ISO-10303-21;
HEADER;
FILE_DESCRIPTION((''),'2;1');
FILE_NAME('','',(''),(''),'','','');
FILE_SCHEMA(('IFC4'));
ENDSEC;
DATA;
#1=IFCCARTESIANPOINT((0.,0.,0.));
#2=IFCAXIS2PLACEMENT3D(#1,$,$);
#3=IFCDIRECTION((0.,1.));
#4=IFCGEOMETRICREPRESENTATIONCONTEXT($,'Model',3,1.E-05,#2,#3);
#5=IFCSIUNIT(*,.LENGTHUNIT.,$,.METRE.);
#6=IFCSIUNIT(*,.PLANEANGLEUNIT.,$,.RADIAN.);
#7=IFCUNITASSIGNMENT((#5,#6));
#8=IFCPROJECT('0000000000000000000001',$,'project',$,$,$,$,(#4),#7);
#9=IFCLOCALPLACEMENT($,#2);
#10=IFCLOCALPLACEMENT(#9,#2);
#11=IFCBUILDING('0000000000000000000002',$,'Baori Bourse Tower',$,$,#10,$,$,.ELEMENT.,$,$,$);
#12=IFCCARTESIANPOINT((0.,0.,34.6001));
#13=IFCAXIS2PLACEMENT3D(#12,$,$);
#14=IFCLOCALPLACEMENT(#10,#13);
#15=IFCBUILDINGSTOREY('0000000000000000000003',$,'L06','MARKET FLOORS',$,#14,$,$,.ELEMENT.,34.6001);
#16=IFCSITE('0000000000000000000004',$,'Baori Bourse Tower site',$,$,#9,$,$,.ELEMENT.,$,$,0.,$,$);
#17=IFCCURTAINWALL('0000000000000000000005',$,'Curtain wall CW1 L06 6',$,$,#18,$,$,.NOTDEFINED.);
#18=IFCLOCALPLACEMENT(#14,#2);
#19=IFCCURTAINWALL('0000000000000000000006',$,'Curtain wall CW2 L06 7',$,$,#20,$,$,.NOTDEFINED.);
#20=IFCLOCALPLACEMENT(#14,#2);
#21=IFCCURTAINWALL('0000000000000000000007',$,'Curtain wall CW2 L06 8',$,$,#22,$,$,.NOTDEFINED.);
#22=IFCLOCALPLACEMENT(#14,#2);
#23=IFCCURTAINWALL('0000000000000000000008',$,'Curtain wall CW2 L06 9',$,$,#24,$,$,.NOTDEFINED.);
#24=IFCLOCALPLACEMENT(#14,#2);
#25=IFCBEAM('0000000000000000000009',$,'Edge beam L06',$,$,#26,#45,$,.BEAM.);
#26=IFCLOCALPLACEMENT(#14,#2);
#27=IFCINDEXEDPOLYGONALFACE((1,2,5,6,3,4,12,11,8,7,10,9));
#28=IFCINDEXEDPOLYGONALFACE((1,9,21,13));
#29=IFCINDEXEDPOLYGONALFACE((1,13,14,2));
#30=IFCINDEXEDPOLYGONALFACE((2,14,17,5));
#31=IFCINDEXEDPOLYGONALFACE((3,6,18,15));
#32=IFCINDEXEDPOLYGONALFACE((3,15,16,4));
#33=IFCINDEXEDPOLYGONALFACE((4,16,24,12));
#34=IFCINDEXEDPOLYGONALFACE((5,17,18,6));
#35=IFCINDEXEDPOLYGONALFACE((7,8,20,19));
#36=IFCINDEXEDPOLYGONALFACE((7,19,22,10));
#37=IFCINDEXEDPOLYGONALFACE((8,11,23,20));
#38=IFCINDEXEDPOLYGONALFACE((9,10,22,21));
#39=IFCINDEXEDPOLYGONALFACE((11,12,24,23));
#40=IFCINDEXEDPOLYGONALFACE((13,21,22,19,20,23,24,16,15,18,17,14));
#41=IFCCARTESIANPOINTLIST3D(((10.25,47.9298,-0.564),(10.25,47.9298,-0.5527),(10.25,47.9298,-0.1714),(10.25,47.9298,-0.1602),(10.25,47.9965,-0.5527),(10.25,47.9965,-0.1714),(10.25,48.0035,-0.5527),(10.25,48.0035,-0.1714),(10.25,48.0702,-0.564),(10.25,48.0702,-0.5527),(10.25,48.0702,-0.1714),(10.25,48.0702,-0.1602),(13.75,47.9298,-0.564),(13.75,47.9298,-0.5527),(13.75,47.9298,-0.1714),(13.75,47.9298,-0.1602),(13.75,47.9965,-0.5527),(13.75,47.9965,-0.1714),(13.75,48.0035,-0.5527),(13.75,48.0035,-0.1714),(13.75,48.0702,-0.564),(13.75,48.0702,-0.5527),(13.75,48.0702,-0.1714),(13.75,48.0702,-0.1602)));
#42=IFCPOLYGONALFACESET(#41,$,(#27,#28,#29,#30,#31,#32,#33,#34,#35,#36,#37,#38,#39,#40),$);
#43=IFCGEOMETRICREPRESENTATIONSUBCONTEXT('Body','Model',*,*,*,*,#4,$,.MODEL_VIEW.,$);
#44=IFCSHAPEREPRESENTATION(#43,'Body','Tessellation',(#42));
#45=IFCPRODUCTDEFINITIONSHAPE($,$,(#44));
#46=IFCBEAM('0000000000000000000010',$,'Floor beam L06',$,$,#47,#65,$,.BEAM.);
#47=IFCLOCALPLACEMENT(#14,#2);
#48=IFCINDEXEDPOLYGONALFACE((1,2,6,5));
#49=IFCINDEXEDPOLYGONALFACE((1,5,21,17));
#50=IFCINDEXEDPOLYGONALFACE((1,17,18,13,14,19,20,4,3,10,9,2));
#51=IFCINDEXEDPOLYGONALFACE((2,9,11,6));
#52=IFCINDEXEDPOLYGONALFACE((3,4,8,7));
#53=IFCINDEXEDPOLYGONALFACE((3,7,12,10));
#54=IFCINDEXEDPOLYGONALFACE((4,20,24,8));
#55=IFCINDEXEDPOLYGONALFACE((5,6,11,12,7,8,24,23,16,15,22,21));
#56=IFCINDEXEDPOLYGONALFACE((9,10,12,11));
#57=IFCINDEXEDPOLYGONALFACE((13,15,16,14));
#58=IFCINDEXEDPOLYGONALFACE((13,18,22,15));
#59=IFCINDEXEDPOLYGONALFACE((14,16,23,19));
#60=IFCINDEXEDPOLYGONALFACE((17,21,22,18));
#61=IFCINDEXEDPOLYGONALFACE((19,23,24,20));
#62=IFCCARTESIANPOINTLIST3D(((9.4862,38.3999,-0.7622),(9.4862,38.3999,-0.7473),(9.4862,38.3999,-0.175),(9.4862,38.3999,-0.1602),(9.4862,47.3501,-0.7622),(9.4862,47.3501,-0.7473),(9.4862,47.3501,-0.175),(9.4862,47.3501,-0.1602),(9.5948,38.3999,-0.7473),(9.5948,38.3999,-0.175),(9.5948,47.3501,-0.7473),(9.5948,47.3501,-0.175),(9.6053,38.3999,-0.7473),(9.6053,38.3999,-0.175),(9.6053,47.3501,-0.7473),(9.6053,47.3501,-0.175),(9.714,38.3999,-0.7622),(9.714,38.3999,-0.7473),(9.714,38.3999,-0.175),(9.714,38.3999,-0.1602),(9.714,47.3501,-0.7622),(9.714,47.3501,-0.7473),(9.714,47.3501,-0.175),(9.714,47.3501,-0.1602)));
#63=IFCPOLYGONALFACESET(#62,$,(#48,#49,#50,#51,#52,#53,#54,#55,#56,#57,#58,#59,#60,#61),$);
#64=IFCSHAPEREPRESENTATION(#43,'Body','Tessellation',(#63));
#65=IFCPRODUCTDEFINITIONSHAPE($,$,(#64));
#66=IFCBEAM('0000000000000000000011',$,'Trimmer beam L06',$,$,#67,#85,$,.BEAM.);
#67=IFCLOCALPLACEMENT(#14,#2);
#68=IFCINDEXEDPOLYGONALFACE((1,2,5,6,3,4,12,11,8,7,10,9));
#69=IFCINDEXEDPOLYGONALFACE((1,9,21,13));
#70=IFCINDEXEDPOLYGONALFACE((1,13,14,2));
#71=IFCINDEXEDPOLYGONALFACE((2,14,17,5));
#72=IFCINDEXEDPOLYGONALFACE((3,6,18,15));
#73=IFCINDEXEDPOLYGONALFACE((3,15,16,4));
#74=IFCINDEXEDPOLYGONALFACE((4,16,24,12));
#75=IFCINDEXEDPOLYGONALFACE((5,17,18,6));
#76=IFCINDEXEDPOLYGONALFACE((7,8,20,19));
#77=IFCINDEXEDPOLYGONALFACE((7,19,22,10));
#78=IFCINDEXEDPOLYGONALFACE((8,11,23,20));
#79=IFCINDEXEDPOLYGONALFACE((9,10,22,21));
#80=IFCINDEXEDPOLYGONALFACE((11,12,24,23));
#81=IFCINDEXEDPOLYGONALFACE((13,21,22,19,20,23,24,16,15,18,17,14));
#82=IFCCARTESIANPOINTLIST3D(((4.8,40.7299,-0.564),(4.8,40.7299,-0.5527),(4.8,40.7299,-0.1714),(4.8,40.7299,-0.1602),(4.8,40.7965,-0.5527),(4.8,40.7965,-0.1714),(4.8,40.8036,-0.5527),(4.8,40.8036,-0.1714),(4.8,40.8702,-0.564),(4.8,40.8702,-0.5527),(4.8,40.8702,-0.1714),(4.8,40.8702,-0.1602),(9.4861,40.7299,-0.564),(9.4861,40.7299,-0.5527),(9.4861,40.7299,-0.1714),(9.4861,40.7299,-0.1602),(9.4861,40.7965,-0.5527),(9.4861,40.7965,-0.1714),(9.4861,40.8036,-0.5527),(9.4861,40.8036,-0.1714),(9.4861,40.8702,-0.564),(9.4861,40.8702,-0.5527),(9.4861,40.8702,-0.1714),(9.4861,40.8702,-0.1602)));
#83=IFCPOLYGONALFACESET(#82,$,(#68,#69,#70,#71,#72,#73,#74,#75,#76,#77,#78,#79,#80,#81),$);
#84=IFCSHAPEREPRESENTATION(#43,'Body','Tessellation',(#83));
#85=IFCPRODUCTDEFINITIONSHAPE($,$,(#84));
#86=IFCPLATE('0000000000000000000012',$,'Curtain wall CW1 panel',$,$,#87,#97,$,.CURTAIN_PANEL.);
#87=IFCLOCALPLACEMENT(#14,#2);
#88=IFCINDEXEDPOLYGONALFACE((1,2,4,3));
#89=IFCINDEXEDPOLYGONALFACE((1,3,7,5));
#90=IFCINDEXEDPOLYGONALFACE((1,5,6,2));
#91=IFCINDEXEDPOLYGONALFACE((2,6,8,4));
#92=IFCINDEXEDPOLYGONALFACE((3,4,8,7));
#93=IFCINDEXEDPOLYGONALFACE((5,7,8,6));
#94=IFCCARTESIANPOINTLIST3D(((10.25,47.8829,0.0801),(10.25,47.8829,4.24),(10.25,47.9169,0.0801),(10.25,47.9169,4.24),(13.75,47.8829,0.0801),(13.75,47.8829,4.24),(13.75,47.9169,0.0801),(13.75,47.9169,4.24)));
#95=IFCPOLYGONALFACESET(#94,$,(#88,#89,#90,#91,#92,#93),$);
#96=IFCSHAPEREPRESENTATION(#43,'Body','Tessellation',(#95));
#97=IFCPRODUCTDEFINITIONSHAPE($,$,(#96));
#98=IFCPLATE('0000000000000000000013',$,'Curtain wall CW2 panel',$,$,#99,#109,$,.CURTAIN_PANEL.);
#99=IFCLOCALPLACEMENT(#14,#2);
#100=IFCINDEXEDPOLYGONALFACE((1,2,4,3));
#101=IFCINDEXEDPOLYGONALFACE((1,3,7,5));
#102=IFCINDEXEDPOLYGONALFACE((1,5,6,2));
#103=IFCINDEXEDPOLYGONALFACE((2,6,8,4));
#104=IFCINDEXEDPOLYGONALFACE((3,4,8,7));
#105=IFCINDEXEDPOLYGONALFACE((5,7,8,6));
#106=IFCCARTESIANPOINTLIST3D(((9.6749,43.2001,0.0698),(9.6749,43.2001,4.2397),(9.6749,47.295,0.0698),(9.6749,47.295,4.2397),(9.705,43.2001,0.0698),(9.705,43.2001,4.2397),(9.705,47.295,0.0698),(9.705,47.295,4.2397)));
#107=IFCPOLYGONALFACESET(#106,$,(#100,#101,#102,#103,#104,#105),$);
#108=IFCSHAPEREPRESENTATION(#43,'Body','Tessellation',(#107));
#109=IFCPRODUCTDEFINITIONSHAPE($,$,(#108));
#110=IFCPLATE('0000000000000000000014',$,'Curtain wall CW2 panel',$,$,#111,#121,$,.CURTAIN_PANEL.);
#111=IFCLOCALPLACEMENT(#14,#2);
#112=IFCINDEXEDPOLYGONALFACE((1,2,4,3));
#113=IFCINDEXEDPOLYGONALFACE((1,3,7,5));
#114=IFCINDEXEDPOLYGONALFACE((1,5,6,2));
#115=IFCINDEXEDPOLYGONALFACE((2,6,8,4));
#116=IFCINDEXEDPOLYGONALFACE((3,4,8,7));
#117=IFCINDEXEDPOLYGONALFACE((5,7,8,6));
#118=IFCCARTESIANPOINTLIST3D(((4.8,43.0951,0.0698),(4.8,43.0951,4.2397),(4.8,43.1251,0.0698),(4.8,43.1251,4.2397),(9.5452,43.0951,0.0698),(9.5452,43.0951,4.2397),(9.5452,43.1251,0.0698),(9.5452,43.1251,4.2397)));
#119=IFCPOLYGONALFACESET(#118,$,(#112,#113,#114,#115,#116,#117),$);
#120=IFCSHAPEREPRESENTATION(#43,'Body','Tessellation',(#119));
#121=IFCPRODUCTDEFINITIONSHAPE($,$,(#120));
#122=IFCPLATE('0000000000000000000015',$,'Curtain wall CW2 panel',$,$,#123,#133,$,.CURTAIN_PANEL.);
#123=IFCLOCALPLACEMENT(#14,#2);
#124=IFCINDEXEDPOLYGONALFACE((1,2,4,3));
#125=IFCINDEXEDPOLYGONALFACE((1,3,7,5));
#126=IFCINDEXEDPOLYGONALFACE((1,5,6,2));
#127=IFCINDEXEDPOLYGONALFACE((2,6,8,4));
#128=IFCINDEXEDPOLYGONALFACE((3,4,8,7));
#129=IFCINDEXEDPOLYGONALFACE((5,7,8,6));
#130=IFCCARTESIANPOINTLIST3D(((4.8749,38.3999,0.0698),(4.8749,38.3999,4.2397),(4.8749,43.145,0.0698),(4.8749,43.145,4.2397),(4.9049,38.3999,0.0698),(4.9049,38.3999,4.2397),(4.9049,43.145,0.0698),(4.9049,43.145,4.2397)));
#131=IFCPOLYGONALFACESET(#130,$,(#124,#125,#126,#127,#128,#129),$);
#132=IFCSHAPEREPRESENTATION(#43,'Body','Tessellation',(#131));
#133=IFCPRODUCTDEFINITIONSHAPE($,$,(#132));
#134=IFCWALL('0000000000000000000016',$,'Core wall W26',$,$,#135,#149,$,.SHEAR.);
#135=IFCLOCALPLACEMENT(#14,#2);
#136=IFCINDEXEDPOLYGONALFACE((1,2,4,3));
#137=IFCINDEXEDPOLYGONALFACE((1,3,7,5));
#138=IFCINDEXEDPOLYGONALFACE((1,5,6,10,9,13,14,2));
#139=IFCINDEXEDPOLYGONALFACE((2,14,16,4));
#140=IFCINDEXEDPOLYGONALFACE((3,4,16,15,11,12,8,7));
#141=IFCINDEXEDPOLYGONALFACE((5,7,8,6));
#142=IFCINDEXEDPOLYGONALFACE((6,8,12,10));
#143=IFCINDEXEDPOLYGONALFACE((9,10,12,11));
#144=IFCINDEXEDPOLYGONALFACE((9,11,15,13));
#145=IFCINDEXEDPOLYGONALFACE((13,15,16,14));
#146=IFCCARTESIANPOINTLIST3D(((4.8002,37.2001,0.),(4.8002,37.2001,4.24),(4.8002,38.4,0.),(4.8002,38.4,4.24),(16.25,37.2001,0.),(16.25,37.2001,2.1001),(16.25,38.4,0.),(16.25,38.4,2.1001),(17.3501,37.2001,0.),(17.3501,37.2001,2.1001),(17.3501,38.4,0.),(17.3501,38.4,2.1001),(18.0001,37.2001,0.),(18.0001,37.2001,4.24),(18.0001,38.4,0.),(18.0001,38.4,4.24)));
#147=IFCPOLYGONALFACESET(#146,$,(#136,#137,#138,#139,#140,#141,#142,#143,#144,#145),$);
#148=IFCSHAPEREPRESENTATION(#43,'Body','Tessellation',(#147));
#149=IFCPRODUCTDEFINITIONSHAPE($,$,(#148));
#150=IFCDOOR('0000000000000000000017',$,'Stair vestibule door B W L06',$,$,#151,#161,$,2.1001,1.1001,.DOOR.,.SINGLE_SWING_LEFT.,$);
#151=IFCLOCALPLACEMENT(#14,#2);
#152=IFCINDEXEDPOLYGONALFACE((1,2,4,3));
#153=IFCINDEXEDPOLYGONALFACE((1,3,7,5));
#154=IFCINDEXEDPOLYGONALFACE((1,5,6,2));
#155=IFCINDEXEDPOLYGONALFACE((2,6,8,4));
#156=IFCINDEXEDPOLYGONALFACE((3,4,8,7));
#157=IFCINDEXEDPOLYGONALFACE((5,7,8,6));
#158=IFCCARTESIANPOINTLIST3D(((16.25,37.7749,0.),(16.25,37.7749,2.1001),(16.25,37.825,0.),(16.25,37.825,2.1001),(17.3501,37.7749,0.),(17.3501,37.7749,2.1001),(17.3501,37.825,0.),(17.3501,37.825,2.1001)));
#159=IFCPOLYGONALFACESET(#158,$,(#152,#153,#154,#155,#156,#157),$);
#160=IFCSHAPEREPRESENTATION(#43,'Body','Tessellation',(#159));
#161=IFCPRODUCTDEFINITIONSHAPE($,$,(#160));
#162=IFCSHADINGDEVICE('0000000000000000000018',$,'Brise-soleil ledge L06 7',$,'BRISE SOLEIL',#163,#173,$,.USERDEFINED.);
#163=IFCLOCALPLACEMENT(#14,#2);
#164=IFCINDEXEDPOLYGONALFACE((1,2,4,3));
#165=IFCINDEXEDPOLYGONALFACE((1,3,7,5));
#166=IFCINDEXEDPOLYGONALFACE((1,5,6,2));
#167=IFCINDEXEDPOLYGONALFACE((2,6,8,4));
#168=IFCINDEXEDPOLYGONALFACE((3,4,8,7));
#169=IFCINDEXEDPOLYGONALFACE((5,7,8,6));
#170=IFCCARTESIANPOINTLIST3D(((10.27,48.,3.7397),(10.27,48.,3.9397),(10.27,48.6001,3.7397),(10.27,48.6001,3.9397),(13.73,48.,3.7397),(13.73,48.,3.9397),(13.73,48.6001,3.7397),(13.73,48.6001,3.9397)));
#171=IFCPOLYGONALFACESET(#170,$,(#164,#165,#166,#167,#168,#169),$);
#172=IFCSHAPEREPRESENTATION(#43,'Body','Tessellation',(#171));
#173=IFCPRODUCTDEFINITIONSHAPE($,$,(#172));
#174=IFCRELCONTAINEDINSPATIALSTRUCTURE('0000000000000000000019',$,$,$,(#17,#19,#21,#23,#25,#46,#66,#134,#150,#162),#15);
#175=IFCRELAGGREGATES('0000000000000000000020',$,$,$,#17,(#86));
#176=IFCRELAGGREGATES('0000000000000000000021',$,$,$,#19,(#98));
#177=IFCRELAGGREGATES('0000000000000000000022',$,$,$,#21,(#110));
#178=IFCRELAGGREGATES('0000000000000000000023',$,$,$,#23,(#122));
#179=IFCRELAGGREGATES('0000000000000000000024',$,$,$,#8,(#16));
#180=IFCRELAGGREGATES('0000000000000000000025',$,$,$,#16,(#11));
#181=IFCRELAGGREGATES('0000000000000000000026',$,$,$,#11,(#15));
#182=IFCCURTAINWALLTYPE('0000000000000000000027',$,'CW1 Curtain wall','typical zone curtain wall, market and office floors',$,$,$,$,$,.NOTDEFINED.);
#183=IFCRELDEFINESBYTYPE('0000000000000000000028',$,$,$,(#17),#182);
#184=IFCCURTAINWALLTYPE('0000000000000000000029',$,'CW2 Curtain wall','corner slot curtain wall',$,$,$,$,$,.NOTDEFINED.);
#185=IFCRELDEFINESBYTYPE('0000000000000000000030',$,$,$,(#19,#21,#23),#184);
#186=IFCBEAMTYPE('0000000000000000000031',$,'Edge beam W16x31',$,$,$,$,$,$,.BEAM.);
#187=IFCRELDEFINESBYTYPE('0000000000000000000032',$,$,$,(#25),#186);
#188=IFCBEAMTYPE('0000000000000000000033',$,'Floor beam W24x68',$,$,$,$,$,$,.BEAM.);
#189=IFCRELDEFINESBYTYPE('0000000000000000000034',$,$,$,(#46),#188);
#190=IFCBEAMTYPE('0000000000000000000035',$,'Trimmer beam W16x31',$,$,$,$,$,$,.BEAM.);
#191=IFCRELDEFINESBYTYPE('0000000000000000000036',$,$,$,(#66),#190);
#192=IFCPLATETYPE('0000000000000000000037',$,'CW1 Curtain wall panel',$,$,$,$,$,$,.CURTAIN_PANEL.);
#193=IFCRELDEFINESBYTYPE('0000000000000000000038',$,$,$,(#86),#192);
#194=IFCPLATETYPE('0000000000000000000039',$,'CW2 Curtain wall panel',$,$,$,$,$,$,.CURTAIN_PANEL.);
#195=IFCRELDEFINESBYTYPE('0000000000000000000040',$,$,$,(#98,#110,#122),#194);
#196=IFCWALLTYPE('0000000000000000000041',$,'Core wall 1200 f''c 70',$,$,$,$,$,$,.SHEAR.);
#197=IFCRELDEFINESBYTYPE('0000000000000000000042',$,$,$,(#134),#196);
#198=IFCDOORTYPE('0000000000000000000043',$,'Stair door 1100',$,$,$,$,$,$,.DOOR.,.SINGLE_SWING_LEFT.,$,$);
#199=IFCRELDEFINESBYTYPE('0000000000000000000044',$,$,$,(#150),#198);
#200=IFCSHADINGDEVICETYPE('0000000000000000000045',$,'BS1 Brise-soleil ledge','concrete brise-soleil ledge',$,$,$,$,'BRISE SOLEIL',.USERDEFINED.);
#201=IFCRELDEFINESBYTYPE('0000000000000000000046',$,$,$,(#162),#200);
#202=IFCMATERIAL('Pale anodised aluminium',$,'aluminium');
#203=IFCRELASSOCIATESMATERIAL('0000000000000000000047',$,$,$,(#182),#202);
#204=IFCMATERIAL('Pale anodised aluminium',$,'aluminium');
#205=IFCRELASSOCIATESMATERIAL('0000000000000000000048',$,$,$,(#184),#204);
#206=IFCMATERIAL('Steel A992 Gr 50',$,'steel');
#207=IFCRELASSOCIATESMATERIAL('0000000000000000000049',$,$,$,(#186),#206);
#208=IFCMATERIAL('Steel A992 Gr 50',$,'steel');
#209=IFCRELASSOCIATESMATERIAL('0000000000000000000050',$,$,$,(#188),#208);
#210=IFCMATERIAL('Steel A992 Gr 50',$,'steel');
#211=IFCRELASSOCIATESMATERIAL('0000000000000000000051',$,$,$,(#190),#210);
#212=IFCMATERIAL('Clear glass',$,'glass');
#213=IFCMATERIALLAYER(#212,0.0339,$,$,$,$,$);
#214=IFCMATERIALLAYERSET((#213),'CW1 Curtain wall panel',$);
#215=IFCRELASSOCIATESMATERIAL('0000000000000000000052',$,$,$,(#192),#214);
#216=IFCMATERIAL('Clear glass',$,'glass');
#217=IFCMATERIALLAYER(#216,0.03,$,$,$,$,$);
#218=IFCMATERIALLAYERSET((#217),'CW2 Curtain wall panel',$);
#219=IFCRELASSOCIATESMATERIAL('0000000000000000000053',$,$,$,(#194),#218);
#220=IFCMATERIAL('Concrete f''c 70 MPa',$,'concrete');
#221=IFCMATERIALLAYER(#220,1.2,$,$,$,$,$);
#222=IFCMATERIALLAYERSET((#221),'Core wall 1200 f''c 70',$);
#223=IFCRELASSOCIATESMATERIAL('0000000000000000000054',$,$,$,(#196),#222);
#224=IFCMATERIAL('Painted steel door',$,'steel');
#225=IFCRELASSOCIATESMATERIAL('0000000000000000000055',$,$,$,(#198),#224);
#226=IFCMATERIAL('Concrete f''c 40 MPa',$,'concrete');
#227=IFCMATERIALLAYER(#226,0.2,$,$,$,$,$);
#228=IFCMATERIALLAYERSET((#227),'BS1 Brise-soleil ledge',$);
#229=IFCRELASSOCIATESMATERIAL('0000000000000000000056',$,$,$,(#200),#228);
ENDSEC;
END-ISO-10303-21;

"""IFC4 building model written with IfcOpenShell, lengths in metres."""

from ifc_helpers import new_model, si_unit, direction, frame, frame_2d, origin, origin_2d, place, context, subcontext, project, spatial, rectangle, i_section, extrude, material, layer, layer_set, material_profile, profile_set, type_object, element, fill, aggregate, save


model = new_model("IFC4")

# Units and contexts
model_context = context("Model", 3, precision=1e-05, world=origin(), true_north=direction((0.0, 1.0)))
body_context = subcontext(model_context, "Body", "Model", "MODEL_VIEW")
ifc_project = project(units=[si_unit("LENGTHUNIT", "METRE"), si_unit("PLANEANGLEUNIT", "RADIAN")], contexts=[model_context])

# Site, building, storey
site_placement = place(None, origin())
site = spatial("IfcSite", under=ifc_project, at=site_placement, Name="Baori Bourse Tower site", CompositionType="ELEMENT", RefElevation=0.0)
building_placement = place(site_placement, origin())
building = spatial("IfcBuilding", under=site, at=building_placement, Name="Baori Bourse Tower", CompositionType="ELEMENT")
storey_placement = place(building_placement, frame((0.0, 0.0, 34.6001)))
storey = spatial("IfcBuildingStorey", under=building, at=storey_placement, Name="L06", Description="MARKET FLOORS", CompositionType="ELEMENT", Elevation=34.6001)

# Curtain walls
ifc_material_1 = material(Name="Pale anodised aluminium", Category="aluminium")
curtain_wall_type_1 = type_object("IfcCurtainWallType", Name="CW1 Curtain wall", Description="typical zone curtain wall, market and office floors", PredefinedType="NOTDEFINED", material=ifc_material_1)
curtain_wall_1_placement = place(storey_placement, origin())
curtain_wall_1 = element("IfcCurtainWall", 1, at=curtain_wall_1_placement, inside=storey, type_object=curtain_wall_type_1, Name="Curtain wall CW1 L06 6", PredefinedType="NOTDEFINED")
ifc_material_2 = material(Name="Pale anodised aluminium", Category="aluminium")
curtain_wall_type_2 = type_object("IfcCurtainWallType", Name="CW2 Curtain wall", Description="corner slot curtain wall", PredefinedType="NOTDEFINED", material=ifc_material_2)
curtain_wall_2_placement = place(storey_placement, origin())
curtain_wall_2 = element("IfcCurtainWall", 2, at=curtain_wall_2_placement, inside=storey, type_object=curtain_wall_type_2, Name="Curtain wall CW2 L06 7", PredefinedType="NOTDEFINED")
curtain_wall_3_placement = place(storey_placement, origin())
curtain_wall_3 = element("IfcCurtainWall", 3, at=curtain_wall_3_placement, inside=storey, type_object=curtain_wall_type_2, Name="Curtain wall CW2 L06 8", PredefinedType="NOTDEFINED")
curtain_wall_4_placement = place(storey_placement, origin())
curtain_wall_4 = element("IfcCurtainWall", 4, at=curtain_wall_4_placement, inside=storey, type_object=curtain_wall_type_2, Name="Curtain wall CW2 L06 9", PredefinedType="NOTDEFINED")

# Beams
ifc_material_3 = material(Name="Steel A992 Gr 50", Category="steel")
ifc_material_profile_1 = material_profile(ifc_material_3, i_section(OverallWidth=0.1404, OverallDepth=0.4038, WebThickness=0.0071, FlangeThickness=0.0112, at=origin_2d()), Name="W16x31")
ifc_profile_set_1 = profile_set([ifc_material_profile_1], Name="Steel A992 Gr 50")
beam_type_1 = type_object("IfcBeamType", Name="Edge beam W16x31", PredefinedType="BEAM", material=ifc_profile_set_1)
beam_1_placement = place(storey_placement, frame((10.25, 48.0, -0.3621), z_axis=(1.0, 0.0, 0.0), x_axis=(0.0, 1.0, 0.0)))
element("IfcBeam", 5, at=beam_1_placement, inside=storey, type_object=beam_type_1, Name="Edge beam L06", PredefinedType="BEAM", context=body_context, shape_type="SweptSolid", body=[
    extrude(i_section(OverallWidth=0.1404, OverallDepth=0.4038, WebThickness=0.0071, FlangeThickness=0.0112, at=origin_2d()), origin(), (0.0, 0.0, 1.0), 3.5),
])
ifc_material_4 = material(Name="Steel A992 Gr 50", Category="steel")
ifc_material_profile_2 = material_profile(ifc_material_4, i_section(OverallWidth=0.2278, OverallDepth=0.6021, WebThickness=0.0105, FlangeThickness=0.0149, at=origin_2d()), Name="W24x68")
ifc_profile_set_2 = profile_set([ifc_material_profile_2], Name="Steel A992 Gr 50")
beam_type_2 = type_object("IfcBeamType", Name="Floor beam W24x68", PredefinedType="BEAM", material=ifc_profile_set_2)
beam_2_placement = place(storey_placement, frame((9.6001, 38.3999, -0.4612), z_axis=(0.0, 1.0, 0.0), x_axis=(-1.0, 0.0, 0.0)))
element("IfcBeam", 6, at=beam_2_placement, inside=storey, type_object=beam_type_2, Name="Floor beam L06", PredefinedType="BEAM", context=body_context, shape_type="SweptSolid", body=[
    extrude(i_section(OverallWidth=0.2278, OverallDepth=0.6021, WebThickness=0.0105, FlangeThickness=0.0149, at=origin_2d()), origin(), (0.0, 0.0, 1.0), 8.9502),
])
ifc_material_5 = material(Name="Steel A992 Gr 50", Category="steel")
ifc_material_profile_3 = material_profile(ifc_material_5, i_section(OverallWidth=0.1404, OverallDepth=0.4038, WebThickness=0.0071, FlangeThickness=0.0112, at=origin_2d()), Name="W16x31")
ifc_profile_set_3 = profile_set([ifc_material_profile_3], Name="Steel A992 Gr 50")
beam_type_3 = type_object("IfcBeamType", Name="Trimmer beam W16x31", PredefinedType="BEAM", material=ifc_profile_set_3)
beam_3_placement = place(storey_placement, frame((4.8, 40.8, -0.3621), z_axis=(1.0, 0.0, 0.0), x_axis=(0.0, 1.0, 0.0)))
element("IfcBeam", 7, at=beam_3_placement, inside=storey, type_object=beam_type_3, Name="Trimmer beam L06", PredefinedType="BEAM", context=body_context, shape_type="SweptSolid", body=[
    extrude(i_section(OverallWidth=0.1404, OverallDepth=0.4038, WebThickness=0.0071, FlangeThickness=0.0112, at=origin_2d()), origin(), (0.0, 0.0, 1.0), 4.686),
])

# Plates
ifc_material_6 = material(Name="Clear glass", Category="glass")
ifc_layer_1 = layer(ifc_material_6, 0.0339)
ifc_layer_set_1 = layer_set([ifc_layer_1], Name="CW1 Curtain wall panel")
plate_type_1 = type_object("IfcPlateType", Name="CW1 Curtain wall panel", PredefinedType="CURTAIN_PANEL", material=ifc_layer_set_1)
plate_1_placement = place(storey_placement, frame((12.0, 47.8999, 0.0801), z_axis=(0.0, 0.0, 1.0), x_axis=(-1.0, 0.0, 0.0)))
plate_1 = element("IfcPlate", 8, at=plate_1_placement, type_object=plate_type_1, Name="Curtain wall CW1 panel", PredefinedType="CURTAIN_PANEL", context=body_context, shape_type="SweptSolid", body=[
    extrude(rectangle(XDim=3.5, YDim=0.0339, at=origin_2d()), origin(), (0.0, 0.0, 1.0), 4.1599),
])
aggregate(curtain_wall_1, [plate_1])
ifc_material_7 = material(Name="Clear glass", Category="glass")
ifc_layer_2 = layer(ifc_material_7, 0.03)
ifc_layer_set_2 = layer_set([ifc_layer_2], Name="CW2 Curtain wall panel")
plate_type_2 = type_object("IfcPlateType", Name="CW2 Curtain wall panel", PredefinedType="CURTAIN_PANEL", material=ifc_layer_set_2)
plate_2_placement = place(storey_placement, frame((9.6899, 45.2476, 0.0698), z_axis=(0.0, 0.0, 1.0), x_axis=(0.0, -1.0, 0.0)))
plate_2 = element("IfcPlate", 9, at=plate_2_placement, type_object=plate_type_2, Name="Curtain wall CW2 panel", PredefinedType="CURTAIN_PANEL", context=body_context, shape_type="SweptSolid", body=[
    extrude(rectangle(XDim=4.095, YDim=0.03, at=origin_2d()), origin(), (0.0, 0.0, 1.0), 4.1699),
])
aggregate(curtain_wall_2, [plate_2])
plate_3_placement = place(storey_placement, frame((7.1726, 43.1101, 0.0698), z_axis=(0.0, 0.0, 1.0), x_axis=(-1.0, 0.0, 0.0)))
plate_3 = element("IfcPlate", 10, at=plate_3_placement, type_object=plate_type_2, Name="Curtain wall CW2 panel", PredefinedType="CURTAIN_PANEL", context=body_context, shape_type="SweptSolid", body=[
    extrude(rectangle(XDim=4.7451, YDim=0.03, at=origin_2d()), origin(), (0.0, 0.0, 1.0), 4.1699),
])
aggregate(curtain_wall_3, [plate_3])
plate_4_placement = place(storey_placement, frame((4.8899, 40.7725, 0.0698), z_axis=(0.0, 0.0, 1.0), x_axis=(0.0, -1.0, 0.0)))
plate_4 = element("IfcPlate", 11, at=plate_4_placement, type_object=plate_type_2, Name="Curtain wall CW2 panel", PredefinedType="CURTAIN_PANEL", context=body_context, shape_type="SweptSolid", body=[
    extrude(rectangle(XDim=4.7451, YDim=0.03, at=origin_2d()), origin(), (0.0, 0.0, 1.0), 4.1699),
])
aggregate(curtain_wall_4, [plate_4])

# Wall, opening, door
ifc_material_8 = material(Name="Concrete f'c 70 MPa", Category="concrete")
ifc_layer_3 = layer(ifc_material_8, 1.2)
ifc_layer_set_3 = layer_set([ifc_layer_3], Name="Core wall 1200 f'c 70")
wall_type = type_object("IfcWallType", Name="Core wall 1200 f'c 70", PredefinedType="SHEAR", material=ifc_layer_set_3)
wall_placement = place(storey_placement, frame((4.8, 37.8, 0.0), z_axis=(0.0, 0.0, 1.0), x_axis=(1.0, 0.0, 0.0)))
wall = element("IfcWall", 12, at=wall_placement, inside=storey, type_object=wall_type, Name="Core wall W26", PredefinedType="SHEAR", context=body_context, shape_type="SweptSolid", body=[
    extrude(rectangle(XDim=13.2, YDim=1.2, at=frame_2d((6.6001, 0.0))), origin(), (0.0, 0.0, 1.0), 4.24),
])
opening_placement = place(wall_placement, frame((11.45, 0.0, 0.0)))
opening = element("IfcOpeningElement", 13, at=opening_placement, cuts=wall, PredefinedType="OPENING", context=body_context, shape_type="SweptSolid", body=[
    extrude(rectangle(XDim=1.1001, YDim=2.1001, at=frame_2d((0.55, 1.05))), frame((0.0, 0.6099, 0.0), z_axis=(0.0, -1.0, 0.0), x_axis=(1.0, 0.0, 0.0)), (0.0, 0.0, 1.0), 1.22),
])
ifc_material_9 = material(Name="Painted steel door", Category="steel")
door_type = type_object("IfcDoorType", Name="Stair door 1100", OperationType="SINGLE_SWING_LEFT", PredefinedType="DOOR", material=ifc_material_9)
door_placement = place(opening_placement, origin())
door = element("IfcDoor", 14, at=door_placement, inside=storey, type_object=door_type, Name="Stair vestibule door B W L06", OperationType="SINGLE_SWING_LEFT", OverallHeight=2.1001, OverallWidth=1.1001, PredefinedType="DOOR", context=body_context, shape_type="SweptSolid", body=[
    extrude(rectangle(XDim=1.1001, YDim=2.1001, at=frame_2d((0.55, 1.05))), frame((0.0, 0.0249, 0.0), z_axis=(0.0, -1.0, 0.0), x_axis=(1.0, 0.0, 0.0)), (0.0, 0.0, 1.0), 0.05),
])
fill(opening, door)

# Shading device
ifc_material_10 = material(Name="Concrete f'c 40 MPa", Category="concrete")
ifc_layer_4 = layer(ifc_material_10, 0.2)
ifc_layer_set_4 = layer_set([ifc_layer_4], Name="BS1 Brise-soleil ledge")
shading_device_type = type_object("IfcShadingDeviceType", Name="BS1 Brise-soleil ledge", Description="concrete brise-soleil ledge", ElementType="BRISE SOLEIL", PredefinedType="USERDEFINED", material=ifc_layer_set_4)
shading_device_placement = place(storey_placement, frame((12.0, 48.3, 3.7397), z_axis=(0.0, 0.0, 1.0), x_axis=(-1.0, 0.0, 0.0)))
element("IfcShadingDevice", 15, at=shading_device_placement, inside=storey, type_object=shading_device_type, Name="Brise-soleil ledge L06 7", ObjectType="BRISE SOLEIL", PredefinedType="USERDEFINED", context=body_context, shape_type="SweptSolid", body=[
    extrude(rectangle(XDim=3.46, YDim=0.6001, at=origin_2d()), origin(), (0.0, 0.0, 1.0), 0.2),
])

save(model, "model.ifc")
